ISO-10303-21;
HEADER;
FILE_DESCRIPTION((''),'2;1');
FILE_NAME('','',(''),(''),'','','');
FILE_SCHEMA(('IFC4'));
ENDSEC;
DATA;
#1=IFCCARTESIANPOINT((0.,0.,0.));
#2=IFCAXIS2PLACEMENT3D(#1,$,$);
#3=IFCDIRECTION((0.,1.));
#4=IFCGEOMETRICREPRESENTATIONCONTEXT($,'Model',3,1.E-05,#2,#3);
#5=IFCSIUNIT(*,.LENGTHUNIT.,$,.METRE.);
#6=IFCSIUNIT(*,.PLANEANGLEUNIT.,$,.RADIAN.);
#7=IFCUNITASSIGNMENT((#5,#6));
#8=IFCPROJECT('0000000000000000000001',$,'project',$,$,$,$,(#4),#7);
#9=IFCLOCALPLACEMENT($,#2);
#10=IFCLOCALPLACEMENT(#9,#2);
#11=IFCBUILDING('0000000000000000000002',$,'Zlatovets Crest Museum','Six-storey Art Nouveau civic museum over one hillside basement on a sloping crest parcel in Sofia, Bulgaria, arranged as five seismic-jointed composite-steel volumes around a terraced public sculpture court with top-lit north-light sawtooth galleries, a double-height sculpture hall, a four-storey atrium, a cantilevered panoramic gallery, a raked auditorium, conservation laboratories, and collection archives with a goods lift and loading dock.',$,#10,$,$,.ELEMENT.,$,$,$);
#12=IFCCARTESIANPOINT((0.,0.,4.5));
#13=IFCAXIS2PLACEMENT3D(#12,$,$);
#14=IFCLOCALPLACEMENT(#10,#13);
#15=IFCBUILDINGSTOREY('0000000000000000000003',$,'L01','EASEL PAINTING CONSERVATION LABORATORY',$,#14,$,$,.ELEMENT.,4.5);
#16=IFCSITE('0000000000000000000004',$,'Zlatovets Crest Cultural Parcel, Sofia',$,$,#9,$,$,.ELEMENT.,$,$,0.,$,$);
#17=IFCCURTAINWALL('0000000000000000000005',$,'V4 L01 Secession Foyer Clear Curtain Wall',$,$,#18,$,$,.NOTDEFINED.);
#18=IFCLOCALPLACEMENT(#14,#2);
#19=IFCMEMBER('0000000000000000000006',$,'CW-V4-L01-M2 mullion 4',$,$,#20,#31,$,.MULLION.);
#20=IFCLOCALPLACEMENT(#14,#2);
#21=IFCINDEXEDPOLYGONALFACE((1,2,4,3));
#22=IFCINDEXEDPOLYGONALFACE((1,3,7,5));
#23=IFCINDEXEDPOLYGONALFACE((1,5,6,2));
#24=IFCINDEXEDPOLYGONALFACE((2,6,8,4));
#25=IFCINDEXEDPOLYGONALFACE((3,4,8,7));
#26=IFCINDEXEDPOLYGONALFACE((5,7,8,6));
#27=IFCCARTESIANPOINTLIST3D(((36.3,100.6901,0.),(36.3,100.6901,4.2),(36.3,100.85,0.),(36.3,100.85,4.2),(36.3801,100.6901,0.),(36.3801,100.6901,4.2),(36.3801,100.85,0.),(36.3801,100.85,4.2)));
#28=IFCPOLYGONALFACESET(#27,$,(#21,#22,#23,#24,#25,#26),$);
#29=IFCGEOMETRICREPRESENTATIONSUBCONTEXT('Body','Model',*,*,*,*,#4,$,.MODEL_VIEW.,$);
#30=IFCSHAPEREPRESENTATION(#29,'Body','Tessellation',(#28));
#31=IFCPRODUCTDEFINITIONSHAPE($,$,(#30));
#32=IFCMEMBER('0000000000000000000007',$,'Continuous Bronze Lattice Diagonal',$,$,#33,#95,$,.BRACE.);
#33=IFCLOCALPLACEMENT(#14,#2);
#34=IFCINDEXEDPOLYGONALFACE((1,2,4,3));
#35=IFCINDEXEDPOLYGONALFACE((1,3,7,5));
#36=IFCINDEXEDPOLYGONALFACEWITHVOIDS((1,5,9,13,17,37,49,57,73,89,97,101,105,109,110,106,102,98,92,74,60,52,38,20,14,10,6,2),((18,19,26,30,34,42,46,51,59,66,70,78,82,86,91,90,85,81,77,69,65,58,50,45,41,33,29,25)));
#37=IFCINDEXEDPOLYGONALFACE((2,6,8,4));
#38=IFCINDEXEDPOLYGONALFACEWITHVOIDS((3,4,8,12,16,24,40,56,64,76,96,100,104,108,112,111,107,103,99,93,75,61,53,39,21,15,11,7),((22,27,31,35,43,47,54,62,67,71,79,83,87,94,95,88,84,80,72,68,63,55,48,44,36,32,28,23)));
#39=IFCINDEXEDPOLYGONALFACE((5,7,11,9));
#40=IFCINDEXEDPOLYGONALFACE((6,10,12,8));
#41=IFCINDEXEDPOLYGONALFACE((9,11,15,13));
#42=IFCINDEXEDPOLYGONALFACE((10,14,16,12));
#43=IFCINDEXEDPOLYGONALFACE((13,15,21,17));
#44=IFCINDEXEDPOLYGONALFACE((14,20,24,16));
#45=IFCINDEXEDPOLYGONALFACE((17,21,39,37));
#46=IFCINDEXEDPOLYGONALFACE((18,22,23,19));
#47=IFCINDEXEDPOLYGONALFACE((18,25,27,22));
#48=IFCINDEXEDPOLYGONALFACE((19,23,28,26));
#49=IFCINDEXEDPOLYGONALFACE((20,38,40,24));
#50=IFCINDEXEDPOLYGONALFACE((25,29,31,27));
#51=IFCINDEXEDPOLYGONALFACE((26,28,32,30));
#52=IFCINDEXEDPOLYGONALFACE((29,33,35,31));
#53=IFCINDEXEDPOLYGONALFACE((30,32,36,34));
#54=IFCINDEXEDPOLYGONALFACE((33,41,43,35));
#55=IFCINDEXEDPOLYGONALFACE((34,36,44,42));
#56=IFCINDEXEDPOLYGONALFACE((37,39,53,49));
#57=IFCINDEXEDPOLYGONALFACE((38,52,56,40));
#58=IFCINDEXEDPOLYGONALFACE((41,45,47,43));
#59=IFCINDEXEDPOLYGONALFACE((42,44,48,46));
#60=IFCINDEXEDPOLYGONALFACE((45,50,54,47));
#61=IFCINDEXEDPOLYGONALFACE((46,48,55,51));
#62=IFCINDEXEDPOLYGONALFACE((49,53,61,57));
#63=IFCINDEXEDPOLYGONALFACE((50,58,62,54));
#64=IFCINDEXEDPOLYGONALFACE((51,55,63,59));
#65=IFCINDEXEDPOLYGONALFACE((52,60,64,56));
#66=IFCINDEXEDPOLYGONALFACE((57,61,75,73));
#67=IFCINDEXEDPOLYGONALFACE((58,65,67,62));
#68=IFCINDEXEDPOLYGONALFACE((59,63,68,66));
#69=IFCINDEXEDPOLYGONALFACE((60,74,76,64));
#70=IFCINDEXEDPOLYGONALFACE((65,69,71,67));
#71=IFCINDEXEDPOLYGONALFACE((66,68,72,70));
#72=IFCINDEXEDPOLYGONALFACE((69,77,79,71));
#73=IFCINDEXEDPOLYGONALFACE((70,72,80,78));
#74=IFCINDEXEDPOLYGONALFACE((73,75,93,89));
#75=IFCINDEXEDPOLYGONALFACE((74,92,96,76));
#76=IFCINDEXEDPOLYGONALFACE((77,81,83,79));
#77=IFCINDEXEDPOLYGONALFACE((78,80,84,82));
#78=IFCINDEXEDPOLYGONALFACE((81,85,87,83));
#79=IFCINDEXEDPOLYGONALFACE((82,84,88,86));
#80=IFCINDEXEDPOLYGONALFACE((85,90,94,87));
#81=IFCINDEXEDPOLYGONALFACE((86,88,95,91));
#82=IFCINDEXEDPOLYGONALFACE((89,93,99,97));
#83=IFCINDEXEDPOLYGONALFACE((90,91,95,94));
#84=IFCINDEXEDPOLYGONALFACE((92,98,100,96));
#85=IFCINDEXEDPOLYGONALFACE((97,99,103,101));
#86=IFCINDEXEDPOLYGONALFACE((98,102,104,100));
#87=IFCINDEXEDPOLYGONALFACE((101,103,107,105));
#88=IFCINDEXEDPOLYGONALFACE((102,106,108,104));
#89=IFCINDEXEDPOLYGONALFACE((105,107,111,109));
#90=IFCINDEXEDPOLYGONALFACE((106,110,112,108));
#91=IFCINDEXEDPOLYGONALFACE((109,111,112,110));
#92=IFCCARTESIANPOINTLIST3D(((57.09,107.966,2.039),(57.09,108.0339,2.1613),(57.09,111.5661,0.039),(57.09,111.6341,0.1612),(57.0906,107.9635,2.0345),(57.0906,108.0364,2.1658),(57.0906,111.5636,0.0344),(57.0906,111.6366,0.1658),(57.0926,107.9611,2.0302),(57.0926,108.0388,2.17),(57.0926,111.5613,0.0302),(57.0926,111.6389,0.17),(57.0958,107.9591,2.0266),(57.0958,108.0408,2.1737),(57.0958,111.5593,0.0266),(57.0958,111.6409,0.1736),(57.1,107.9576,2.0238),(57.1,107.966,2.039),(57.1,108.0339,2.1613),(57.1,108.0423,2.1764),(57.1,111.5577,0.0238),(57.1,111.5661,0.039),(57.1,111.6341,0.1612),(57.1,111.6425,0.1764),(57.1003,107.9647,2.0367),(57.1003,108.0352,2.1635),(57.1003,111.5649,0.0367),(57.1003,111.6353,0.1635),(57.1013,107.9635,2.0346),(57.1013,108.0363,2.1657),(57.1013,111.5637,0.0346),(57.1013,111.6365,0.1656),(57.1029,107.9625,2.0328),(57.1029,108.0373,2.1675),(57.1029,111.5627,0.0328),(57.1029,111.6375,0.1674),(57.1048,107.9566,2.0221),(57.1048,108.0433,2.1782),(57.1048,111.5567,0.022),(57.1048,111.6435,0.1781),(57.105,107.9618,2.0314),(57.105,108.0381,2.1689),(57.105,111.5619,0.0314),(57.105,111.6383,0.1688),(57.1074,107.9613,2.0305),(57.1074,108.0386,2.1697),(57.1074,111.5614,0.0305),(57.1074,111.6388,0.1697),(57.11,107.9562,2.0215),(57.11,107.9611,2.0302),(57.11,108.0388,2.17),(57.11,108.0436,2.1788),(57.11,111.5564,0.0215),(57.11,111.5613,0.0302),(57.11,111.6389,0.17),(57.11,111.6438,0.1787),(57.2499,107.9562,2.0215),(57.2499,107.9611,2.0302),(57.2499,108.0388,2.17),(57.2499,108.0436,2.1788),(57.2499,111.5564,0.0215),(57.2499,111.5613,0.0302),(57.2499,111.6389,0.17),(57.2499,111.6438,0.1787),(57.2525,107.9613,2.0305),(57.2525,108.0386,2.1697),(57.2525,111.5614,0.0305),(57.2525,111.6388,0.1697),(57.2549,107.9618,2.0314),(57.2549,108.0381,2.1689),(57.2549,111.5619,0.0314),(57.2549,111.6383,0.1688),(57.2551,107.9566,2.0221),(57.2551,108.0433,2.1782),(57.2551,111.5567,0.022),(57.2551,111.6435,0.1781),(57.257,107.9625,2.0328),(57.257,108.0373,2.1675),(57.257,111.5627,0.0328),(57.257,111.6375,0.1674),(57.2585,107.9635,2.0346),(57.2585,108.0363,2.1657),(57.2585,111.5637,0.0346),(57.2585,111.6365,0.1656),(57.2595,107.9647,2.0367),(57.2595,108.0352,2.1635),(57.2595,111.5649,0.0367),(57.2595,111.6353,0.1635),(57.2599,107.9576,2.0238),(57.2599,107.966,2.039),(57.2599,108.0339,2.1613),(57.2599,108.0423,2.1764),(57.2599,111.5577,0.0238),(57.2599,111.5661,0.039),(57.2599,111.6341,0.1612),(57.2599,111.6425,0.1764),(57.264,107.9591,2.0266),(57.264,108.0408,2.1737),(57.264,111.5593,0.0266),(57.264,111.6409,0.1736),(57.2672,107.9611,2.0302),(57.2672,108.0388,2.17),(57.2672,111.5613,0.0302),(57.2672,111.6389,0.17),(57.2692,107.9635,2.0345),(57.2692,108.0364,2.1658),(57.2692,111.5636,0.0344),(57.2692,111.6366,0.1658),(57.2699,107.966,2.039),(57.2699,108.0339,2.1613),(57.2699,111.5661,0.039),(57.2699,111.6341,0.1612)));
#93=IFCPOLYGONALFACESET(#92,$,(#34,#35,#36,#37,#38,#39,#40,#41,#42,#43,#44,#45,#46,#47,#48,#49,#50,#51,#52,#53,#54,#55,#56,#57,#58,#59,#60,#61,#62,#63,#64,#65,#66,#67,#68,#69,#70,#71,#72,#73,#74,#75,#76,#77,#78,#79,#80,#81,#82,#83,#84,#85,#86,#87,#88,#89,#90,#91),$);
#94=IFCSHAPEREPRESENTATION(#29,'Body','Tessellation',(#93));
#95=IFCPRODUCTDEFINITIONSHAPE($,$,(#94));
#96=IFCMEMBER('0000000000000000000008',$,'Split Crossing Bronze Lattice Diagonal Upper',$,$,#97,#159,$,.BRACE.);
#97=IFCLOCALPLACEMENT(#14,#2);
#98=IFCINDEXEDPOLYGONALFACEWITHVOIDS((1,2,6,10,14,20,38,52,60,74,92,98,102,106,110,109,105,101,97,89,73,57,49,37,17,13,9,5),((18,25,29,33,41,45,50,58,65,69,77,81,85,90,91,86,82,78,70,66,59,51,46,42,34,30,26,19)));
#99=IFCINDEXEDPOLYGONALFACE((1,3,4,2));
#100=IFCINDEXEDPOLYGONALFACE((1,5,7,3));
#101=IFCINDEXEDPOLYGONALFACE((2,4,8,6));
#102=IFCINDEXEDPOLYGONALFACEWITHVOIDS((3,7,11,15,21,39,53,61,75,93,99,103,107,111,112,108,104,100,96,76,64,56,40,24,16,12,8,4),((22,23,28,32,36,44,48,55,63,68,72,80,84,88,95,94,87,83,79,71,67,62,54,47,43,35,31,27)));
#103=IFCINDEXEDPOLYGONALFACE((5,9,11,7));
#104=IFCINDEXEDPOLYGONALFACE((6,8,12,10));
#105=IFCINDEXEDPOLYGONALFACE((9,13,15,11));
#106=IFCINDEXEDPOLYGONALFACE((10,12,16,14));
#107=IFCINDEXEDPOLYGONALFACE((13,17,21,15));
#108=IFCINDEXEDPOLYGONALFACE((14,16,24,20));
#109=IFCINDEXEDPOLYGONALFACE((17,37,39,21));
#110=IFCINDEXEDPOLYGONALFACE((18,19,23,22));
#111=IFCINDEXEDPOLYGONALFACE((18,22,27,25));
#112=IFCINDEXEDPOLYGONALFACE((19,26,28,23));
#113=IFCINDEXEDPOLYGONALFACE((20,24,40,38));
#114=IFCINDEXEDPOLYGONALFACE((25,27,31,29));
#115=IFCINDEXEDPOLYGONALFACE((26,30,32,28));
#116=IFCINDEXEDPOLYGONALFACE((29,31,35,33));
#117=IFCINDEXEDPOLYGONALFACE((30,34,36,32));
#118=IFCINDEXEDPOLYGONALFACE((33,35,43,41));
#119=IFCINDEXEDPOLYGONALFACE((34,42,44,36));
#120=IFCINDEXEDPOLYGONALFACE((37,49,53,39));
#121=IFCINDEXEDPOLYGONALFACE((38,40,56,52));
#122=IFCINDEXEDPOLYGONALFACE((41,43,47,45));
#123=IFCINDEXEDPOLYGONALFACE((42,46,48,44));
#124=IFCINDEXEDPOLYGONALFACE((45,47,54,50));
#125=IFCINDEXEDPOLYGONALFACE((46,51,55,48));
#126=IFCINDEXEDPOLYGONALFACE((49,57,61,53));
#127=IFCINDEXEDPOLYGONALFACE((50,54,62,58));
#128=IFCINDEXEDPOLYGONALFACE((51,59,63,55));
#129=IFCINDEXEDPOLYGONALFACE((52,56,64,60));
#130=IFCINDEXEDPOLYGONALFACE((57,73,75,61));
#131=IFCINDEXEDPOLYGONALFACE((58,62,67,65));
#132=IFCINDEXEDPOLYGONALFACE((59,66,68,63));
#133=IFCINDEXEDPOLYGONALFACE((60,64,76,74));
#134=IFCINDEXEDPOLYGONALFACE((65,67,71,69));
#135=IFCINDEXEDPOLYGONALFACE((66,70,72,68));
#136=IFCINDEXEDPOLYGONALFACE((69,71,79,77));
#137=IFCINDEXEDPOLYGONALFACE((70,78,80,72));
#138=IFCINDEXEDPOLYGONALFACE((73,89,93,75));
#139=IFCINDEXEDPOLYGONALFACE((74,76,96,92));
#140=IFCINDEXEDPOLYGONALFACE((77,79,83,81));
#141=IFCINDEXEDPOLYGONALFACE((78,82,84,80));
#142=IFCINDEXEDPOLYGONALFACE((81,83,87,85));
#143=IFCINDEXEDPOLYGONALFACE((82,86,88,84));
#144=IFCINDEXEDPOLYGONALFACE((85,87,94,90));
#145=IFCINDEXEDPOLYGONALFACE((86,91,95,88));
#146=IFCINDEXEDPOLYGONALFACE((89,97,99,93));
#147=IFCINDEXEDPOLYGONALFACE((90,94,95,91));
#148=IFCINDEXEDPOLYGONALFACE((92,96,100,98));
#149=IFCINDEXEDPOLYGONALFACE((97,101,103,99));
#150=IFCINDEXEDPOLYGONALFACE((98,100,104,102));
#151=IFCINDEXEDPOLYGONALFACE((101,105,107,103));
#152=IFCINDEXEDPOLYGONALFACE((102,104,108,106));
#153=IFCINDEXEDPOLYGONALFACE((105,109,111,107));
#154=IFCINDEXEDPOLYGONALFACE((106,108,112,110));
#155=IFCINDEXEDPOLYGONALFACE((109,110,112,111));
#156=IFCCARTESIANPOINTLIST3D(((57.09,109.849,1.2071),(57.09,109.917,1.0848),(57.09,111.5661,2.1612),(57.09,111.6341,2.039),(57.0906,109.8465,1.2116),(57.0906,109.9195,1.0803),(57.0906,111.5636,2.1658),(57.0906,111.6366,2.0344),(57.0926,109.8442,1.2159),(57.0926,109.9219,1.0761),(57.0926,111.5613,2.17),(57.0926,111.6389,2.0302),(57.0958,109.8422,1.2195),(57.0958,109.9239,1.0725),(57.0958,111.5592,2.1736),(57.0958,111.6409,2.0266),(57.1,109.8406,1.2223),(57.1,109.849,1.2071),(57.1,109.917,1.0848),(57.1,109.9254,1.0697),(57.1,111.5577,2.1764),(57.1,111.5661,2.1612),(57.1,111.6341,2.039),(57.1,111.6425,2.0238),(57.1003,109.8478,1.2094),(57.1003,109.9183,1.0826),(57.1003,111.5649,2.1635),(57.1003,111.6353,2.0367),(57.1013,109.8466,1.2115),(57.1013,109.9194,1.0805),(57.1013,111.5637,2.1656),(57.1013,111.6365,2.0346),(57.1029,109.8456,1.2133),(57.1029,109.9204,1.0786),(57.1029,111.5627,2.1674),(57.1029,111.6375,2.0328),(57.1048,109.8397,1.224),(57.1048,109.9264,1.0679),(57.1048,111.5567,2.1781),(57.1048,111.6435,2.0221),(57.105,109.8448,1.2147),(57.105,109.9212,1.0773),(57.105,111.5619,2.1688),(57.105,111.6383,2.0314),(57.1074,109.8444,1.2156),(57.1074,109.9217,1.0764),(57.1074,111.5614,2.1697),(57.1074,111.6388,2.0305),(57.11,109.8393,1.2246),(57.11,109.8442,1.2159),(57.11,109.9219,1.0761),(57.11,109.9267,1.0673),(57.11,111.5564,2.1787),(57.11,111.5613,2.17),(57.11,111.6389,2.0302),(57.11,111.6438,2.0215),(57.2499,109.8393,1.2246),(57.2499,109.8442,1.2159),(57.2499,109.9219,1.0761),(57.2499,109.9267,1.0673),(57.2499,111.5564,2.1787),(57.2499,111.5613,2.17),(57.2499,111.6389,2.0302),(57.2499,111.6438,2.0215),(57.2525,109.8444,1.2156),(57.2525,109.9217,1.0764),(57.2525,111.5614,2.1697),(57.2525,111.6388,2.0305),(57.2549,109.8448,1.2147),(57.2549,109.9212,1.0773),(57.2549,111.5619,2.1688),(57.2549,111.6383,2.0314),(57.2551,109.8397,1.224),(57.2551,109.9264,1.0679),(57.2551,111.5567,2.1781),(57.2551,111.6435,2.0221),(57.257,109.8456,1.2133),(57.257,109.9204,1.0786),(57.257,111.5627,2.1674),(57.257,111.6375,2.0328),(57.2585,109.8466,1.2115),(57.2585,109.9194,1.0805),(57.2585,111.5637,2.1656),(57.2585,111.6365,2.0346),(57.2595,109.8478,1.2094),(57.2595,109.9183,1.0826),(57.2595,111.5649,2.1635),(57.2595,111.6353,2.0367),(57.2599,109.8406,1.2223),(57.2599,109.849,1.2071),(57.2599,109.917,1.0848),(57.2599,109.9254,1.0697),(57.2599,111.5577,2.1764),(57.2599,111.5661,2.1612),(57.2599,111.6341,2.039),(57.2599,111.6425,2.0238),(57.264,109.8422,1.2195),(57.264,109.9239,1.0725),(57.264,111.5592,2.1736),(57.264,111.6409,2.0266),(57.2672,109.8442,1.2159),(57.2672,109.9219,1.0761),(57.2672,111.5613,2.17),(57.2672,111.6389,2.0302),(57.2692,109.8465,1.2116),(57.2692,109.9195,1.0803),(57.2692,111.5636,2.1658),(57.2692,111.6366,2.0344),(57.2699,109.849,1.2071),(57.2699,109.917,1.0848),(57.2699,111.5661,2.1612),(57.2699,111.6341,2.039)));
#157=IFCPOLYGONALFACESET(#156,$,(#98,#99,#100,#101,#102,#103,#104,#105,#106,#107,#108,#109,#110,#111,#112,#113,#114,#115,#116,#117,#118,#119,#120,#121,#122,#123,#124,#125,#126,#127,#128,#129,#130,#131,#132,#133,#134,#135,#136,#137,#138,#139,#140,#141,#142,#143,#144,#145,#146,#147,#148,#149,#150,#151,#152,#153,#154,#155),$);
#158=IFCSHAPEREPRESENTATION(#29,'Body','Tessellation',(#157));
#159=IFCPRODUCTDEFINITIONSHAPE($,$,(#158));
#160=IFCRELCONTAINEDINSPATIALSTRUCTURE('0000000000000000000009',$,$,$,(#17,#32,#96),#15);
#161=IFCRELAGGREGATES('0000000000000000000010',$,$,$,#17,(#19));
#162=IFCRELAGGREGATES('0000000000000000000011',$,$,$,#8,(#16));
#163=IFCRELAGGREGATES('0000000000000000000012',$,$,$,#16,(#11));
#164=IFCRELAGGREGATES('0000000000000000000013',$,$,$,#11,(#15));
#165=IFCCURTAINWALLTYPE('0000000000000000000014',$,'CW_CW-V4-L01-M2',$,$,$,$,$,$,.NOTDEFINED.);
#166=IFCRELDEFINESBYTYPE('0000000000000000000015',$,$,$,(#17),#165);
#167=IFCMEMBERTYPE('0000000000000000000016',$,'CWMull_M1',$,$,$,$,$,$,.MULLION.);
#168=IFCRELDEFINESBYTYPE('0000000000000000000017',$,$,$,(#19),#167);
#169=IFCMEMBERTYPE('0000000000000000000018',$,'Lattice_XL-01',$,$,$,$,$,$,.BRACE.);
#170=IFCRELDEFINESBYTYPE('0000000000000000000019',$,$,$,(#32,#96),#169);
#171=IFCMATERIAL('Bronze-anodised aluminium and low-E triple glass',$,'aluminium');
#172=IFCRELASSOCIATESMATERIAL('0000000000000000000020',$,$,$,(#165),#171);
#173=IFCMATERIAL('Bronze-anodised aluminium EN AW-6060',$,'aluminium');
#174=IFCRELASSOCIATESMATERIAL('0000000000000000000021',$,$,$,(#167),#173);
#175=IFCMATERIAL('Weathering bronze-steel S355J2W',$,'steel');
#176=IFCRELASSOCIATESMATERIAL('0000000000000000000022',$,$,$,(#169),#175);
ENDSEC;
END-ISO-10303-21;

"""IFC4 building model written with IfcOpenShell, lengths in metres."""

from ifc_helpers import new_model, si_unit, direction, frame, origin, origin_2d, place, context, subcontext, project, spatial, rectangle, hollow_rectangle, extrude, material, material_profile, profile_set, type_object, element, aggregate, save


model = new_model("IFC4")

# Units and contexts
model_context = context("Model", 3, precision=1e-05, world=origin(), true_north=direction((0.0, 1.0)))
body_context = subcontext(model_context, "Body", "Model", "MODEL_VIEW")
ifc_project = project(units=[si_unit("LENGTHUNIT", "METRE"), si_unit("PLANEANGLEUNIT", "RADIAN")], contexts=[model_context])

# Site, building, storey
site_placement = place(None, origin())
site = spatial("IfcSite", under=ifc_project, at=site_placement, Name="Zlatovets Crest Cultural Parcel, Sofia", CompositionType="ELEMENT", RefElevation=0.0)
building_placement = place(site_placement, origin())
building = spatial("IfcBuilding", under=site, at=building_placement, Name="Zlatovets Crest Museum", Description="Six-storey Art Nouveau civic museum over one hillside basement on a sloping crest parcel in Sofia, Bulgaria, arranged as five seismic-jointed composite-steel volumes around a terraced public sculpture court with top-lit north-light sawtooth galleries, a double-height sculpture hall, a four-storey atrium, a cantilevered panoramic gallery, a raked auditorium, conservation laboratories, and collection archives with a goods lift and loading dock.", CompositionType="ELEMENT")
storey_placement = place(building_placement, frame((0.0, 0.0, 4.5)))
storey = spatial("IfcBuildingStorey", under=building, at=storey_placement, Name="L01", Description="EASEL PAINTING CONSERVATION LABORATORY", CompositionType="ELEMENT", Elevation=4.5)

# Curtain wall, member
ifc_material_1 = material(Name="Bronze-anodised aluminium and low-E triple glass", Category="aluminium")
curtain_wall_type = type_object("IfcCurtainWallType", Name="CW_CW-V4-L01-M2", PredefinedType="NOTDEFINED", material=ifc_material_1)
curtain_wall_placement = place(storey_placement, origin())
curtain_wall = element("IfcCurtainWall", 1, at=curtain_wall_placement, inside=storey, type_object=curtain_wall_type, Name="V4 L01 Secession Foyer Clear Curtain Wall", PredefinedType="NOTDEFINED")
ifc_material_2 = material(Name="Bronze-anodised aluminium EN AW-6060", Category="aluminium")
ifc_material_profile_1 = material_profile(ifc_material_2, rectangle(XDim=0.0801, YDim=0.1599, at=origin_2d()), Name="ALU 80x160")
ifc_profile_set_1 = profile_set([ifc_material_profile_1], Name="Bronze-anodised aluminium EN AW-6060")
member_type_1 = type_object("IfcMemberType", Name="CWMull_M1", PredefinedType="MULLION", material=ifc_profile_set_1)
member_1_placement = place(storey_placement, frame((36.3401, 100.77, 0.0), z_axis=(0.0, 0.0, 1.0), x_axis=(-1.0, 0.0, 0.0)))
member_1 = element("IfcMember", 2, at=member_1_placement, type_object=member_type_1, Name="CW-V4-L01-M2 mullion 4", PredefinedType="MULLION", context=body_context, shape_type="SweptSolid", body=[
    extrude(rectangle(XDim=0.0801, YDim=0.1599, at=origin_2d()), origin(), (0.0, 0.0, 1.0), 4.2),
])

# Members
ifc_material_3 = material(Name="Weathering bronze-steel S355J2W", Category="steel")
ifc_material_profile_2 = material_profile(ifc_material_3, hollow_rectangle(XDim=0.1799, YDim=0.1799, WallThickness=0.01, InnerFilletRadius=0.01, OuterFilletRadius=0.02, at=origin_2d()), Name="SHS 180x180x10.0")
ifc_profile_set_2 = profile_set([ifc_material_profile_2], Name="Weathering bronze-steel S355J2W")
member_type_2 = type_object("IfcMemberType", Name="Lattice_XL-01", PredefinedType="BRACE", material=ifc_profile_set_2)
member_2_placement = place(storey_placement, frame((57.1799, 111.6001, 0.1001), z_axis=(0.0, -0.874163, 0.485633), x_axis=(1.0, 0.0, 0.0)))
element("IfcMember", 3, at=member_2_placement, inside=storey, type_object=member_type_2, Name="Continuous Bronze Lattice Diagonal", PredefinedType="BRACE", context=body_context, shape_type="SweptSolid", body=[
    extrude(hollow_rectangle(XDim=0.1799, YDim=0.1799, WallThickness=0.01, InnerFilletRadius=0.01, OuterFilletRadius=0.02, at=origin_2d()), origin(), (0.0, 0.0, 1.0), 4.1184),
])
member_3_placement = place(storey_placement, frame((57.1799, 111.6001, 2.1001), z_axis=(0.0, -0.874116, -0.485717), x_axis=(1.0, 0.0, 0.0)))
element("IfcMember", 4, at=member_3_placement, inside=storey, type_object=member_type_2, Name="Split Crossing Bronze Lattice Diagonal Upper", PredefinedType="BRACE", context=body_context, shape_type="SweptSolid", body=[
    extrude(hollow_rectangle(XDim=0.1799, YDim=0.1799, WallThickness=0.01, InnerFilletRadius=0.01, OuterFilletRadius=0.02, at=origin_2d()), origin(), (0.0, 0.0, 1.0), 1.9644),
])

aggregate(curtain_wall, [member_1])

save(model, "model.ifc")
